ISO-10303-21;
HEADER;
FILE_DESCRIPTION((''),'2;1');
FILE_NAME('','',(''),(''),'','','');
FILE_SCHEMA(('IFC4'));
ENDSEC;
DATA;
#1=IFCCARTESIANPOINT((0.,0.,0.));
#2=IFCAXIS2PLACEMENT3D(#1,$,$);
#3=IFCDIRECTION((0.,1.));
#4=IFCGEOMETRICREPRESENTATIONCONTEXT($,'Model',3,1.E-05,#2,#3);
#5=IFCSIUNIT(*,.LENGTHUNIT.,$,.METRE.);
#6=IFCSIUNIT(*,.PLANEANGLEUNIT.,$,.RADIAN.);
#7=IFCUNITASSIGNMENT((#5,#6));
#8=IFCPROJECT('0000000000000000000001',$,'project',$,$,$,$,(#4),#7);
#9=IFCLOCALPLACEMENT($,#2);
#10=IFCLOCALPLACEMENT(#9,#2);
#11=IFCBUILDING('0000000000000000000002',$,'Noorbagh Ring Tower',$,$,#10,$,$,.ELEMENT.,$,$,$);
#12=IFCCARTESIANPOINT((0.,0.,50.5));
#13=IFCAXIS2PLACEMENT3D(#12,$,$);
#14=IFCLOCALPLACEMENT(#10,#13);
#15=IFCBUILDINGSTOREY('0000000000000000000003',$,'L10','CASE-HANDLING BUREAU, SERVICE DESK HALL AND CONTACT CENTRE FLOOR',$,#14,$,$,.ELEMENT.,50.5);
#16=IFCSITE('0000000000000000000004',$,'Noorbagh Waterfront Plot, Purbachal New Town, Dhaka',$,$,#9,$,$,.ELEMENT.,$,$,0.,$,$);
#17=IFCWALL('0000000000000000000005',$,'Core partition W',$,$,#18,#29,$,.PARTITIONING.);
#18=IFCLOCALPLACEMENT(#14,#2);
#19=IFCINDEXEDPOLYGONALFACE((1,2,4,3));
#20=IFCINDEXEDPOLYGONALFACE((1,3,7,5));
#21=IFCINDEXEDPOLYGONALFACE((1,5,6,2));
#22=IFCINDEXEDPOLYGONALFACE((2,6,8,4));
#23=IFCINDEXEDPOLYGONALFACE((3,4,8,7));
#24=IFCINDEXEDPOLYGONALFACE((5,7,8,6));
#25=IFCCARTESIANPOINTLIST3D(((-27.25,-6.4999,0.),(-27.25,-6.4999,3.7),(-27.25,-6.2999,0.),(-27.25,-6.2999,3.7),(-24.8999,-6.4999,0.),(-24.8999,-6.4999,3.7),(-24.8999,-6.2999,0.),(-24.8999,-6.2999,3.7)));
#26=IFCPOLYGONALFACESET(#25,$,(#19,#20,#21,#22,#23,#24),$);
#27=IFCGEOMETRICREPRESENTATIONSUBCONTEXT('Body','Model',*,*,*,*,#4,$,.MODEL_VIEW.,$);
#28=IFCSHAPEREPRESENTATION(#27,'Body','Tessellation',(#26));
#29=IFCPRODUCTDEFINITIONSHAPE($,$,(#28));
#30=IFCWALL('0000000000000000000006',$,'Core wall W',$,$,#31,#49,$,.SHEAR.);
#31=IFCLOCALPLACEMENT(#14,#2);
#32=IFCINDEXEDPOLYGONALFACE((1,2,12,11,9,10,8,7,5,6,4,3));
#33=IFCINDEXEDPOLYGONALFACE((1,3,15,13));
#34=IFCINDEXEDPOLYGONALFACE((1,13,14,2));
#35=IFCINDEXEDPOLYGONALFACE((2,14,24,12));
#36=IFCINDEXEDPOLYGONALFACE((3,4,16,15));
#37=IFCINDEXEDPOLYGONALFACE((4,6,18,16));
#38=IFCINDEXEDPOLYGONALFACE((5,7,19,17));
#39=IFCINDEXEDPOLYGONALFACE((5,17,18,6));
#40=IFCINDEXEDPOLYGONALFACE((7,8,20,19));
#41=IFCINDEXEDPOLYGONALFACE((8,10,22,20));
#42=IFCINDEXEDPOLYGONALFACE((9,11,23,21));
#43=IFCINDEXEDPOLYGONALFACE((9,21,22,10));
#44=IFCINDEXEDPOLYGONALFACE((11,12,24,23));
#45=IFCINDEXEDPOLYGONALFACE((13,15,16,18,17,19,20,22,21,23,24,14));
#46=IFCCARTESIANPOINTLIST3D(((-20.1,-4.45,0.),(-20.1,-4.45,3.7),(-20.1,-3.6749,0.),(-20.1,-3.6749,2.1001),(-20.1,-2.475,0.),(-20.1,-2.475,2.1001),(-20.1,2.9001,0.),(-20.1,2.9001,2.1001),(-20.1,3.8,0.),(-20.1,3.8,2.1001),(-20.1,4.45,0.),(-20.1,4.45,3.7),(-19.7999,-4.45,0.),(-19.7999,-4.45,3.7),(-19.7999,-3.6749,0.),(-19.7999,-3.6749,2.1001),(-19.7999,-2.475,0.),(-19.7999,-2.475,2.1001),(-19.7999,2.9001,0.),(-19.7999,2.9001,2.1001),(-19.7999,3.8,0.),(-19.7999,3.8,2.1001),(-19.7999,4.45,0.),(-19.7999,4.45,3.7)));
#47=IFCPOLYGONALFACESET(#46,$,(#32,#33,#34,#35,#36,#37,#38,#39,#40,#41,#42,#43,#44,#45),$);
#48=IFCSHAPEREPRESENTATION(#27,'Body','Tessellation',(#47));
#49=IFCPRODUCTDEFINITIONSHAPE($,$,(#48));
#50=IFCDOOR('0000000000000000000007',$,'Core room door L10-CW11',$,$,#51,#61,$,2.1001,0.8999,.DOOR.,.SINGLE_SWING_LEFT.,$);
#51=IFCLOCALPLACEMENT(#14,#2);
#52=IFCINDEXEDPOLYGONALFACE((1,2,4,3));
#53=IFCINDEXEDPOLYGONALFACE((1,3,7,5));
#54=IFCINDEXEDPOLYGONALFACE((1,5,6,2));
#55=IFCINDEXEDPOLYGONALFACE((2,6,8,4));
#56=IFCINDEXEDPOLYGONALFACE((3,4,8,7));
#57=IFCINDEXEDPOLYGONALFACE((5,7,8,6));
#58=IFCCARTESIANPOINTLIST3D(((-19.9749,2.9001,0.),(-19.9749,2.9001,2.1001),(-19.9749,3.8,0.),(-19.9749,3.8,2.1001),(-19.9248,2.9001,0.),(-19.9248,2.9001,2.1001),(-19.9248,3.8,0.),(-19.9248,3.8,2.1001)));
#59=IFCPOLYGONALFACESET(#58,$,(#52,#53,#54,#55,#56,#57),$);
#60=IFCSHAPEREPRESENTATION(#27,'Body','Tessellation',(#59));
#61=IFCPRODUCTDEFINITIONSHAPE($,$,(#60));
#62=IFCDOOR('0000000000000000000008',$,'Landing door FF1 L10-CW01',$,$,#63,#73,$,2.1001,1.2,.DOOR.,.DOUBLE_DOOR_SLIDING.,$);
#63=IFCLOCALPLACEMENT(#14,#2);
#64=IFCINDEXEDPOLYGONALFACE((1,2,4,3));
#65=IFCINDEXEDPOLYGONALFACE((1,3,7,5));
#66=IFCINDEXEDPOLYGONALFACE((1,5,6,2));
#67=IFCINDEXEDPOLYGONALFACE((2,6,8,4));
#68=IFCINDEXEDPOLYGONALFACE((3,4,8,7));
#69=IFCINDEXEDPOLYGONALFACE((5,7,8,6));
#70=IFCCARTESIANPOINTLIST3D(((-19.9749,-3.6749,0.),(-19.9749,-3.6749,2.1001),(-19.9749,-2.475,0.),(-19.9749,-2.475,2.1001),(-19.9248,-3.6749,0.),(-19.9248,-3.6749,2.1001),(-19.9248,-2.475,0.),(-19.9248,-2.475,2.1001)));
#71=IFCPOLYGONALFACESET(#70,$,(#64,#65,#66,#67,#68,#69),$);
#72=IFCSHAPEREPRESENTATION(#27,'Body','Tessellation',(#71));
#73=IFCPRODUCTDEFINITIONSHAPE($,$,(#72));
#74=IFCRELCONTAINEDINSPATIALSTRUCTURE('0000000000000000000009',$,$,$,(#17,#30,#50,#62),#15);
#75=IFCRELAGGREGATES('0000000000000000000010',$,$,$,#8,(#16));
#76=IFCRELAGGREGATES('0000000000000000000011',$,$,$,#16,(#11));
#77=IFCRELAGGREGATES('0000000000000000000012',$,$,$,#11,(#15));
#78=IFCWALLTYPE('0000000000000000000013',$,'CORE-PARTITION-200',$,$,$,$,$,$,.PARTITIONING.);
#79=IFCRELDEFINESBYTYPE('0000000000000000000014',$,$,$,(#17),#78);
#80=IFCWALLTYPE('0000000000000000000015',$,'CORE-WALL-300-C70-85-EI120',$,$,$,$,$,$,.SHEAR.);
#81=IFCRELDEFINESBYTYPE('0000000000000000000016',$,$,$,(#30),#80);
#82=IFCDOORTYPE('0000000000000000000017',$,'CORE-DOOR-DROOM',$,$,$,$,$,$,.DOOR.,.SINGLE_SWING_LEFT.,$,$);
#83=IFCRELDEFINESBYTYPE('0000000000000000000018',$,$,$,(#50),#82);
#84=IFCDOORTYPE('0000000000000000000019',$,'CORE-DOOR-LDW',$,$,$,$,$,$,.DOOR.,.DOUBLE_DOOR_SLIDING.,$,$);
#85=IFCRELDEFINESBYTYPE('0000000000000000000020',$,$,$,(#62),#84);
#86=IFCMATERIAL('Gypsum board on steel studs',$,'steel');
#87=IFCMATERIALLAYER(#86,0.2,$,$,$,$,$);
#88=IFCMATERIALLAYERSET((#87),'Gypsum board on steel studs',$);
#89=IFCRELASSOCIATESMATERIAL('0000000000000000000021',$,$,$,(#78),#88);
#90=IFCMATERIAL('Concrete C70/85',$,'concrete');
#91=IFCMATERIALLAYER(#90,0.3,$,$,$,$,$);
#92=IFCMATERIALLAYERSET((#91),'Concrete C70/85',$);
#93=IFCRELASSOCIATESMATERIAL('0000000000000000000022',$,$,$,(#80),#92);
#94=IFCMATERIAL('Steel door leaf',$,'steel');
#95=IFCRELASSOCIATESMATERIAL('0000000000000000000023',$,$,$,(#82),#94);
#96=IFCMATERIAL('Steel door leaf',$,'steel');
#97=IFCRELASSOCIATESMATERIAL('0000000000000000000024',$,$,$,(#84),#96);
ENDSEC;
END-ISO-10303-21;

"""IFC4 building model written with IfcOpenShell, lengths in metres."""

from ifc_helpers import new_model, si_unit, direction, frame, frame_2d, origin, place, context, subcontext, project, spatial, rectangle, extrude, material, layer, layer_set, type_object, element, fill, save


model = new_model("IFC4")

# Units and contexts
model_context = context("Model", 3, precision=1e-05, world=origin(), true_north=direction((0.0, 1.0)))
body_context = subcontext(model_context, "Body", "Model", "MODEL_VIEW")
ifc_project = project(units=[si_unit("LENGTHUNIT", "METRE"), si_unit("PLANEANGLEUNIT", "RADIAN")], contexts=[model_context])

# Site, building, storey
site_placement = place(None, origin())
site = spatial("IfcSite", under=ifc_project, at=site_placement, Name="Noorbagh Waterfront Plot, Purbachal New Town, Dhaka", CompositionType="ELEMENT", RefElevation=0.0)
building_placement = place(site_placement, origin())
building = spatial("IfcBuilding", under=site, at=building_placement, Name="Noorbagh Ring Tower", CompositionType="ELEMENT")
storey_placement = place(building_placement, frame((0.0, 0.0, 50.5)))
storey = spatial("IfcBuildingStorey", under=building, at=storey_placement, Name="L10", Description="CASE-HANDLING BUREAU, SERVICE DESK HALL AND CONTACT CENTRE FLOOR", CompositionType="ELEMENT", Elevation=50.5)

# Wall
ifc_material_1 = material(Name="Gypsum board on steel studs", Category="steel")
ifc_layer_1 = layer(ifc_material_1, 0.2)
ifc_layer_set_1 = layer_set([ifc_layer_1], Name="Gypsum board on steel studs")
wall_type_1 = type_object("IfcWallType", Name="CORE-PARTITION-200", PredefinedType="PARTITIONING", material=ifc_layer_set_1)
wall_1_placement = place(storey_placement, frame((-24.8999, -6.3999, 0.0), z_axis=(0.0, 0.0, 1.0), x_axis=(-1.0, 0.0, 0.0)))
element("IfcWall", 1, at=wall_1_placement, inside=storey, type_object=wall_type_1, Name="Core partition W", PredefinedType="PARTITIONING", context=body_context, shape_type="SweptSolid", body=[
    extrude(rectangle(XDim=2.3501, YDim=0.2, at=frame_2d((1.175, 0.0))), origin(), (0.0, 0.0, 1.0), 3.7),
])

# Wall, openings, doors
ifc_material_2 = material(Name="Concrete C70/85", Category="concrete")
ifc_layer_2 = layer(ifc_material_2, 0.3)
ifc_layer_set_2 = layer_set([ifc_layer_2], Name="Concrete C70/85")
wall_type_2 = type_object("IfcWallType", Name="CORE-WALL-300-C70-85-EI120", PredefinedType="SHEAR", material=ifc_layer_set_2)
wall_2_placement = place(storey_placement, frame((-19.95, -4.45, 0.0), z_axis=(0.0, 0.0, 1.0), x_axis=(0.0, 1.0, 0.0)))
wall_2 = element("IfcWall", 2, at=wall_2_placement, inside=storey, type_object=wall_type_2, Name="Core wall W", PredefinedType="SHEAR", context=body_context, shape_type="SweptSolid", body=[
    extrude(rectangle(XDim=8.8999, YDim=0.3, at=frame_2d((4.45, 0.0))), origin(), (0.0, 0.0, 1.0), 3.7),
])
opening_1_placement = place(wall_2_placement, frame((0.7749, 0.0, 0.0)))
opening_1 = element("IfcOpeningElement", 3, at=opening_1_placement, cuts=wall_2, PredefinedType="OPENING", context=body_context, shape_type="SweptSolid", body=[
    extrude(rectangle(XDim=1.2, YDim=2.1001, at=frame_2d((0.6001, 1.05))), frame((0.0, 0.1602, 0.0), z_axis=(0.0, -1.0, 0.0), x_axis=(1.0, 0.0, 0.0)), (0.0, 0.0, 1.0), 0.3201),
])
opening_2_placement = place(wall_2_placement, frame((7.3501, 0.0, 0.0)))
opening_2 = element("IfcOpeningElement", 4, at=opening_2_placement, cuts=wall_2, PredefinedType="OPENING", context=body_context, shape_type="SweptSolid", body=[
    extrude(rectangle(XDim=0.8999, YDim=2.1001, at=frame_2d((0.45, 1.05))), frame((0.0, 0.1602, 0.0), z_axis=(0.0, -1.0, 0.0), x_axis=(1.0, 0.0, 0.0)), (0.0, 0.0, 1.0), 0.3201),
])
ifc_material_3 = material(Name="Steel door leaf", Category="steel")
door_type_1 = type_object("IfcDoorType", Name="CORE-DOOR-DROOM", OperationType="SINGLE_SWING_LEFT", PredefinedType="DOOR", material=ifc_material_3)
door_1_placement = place(opening_2_placement, origin())
door_1 = element("IfcDoor", 5, at=door_1_placement, inside=storey, type_object=door_type_1, Name="Core room door L10-CW11", OperationType="SINGLE_SWING_LEFT", OverallHeight=2.1001, OverallWidth=0.8999, PredefinedType="DOOR", context=body_context, shape_type="SweptSolid", body=[
    extrude(rectangle(XDim=0.8999, YDim=2.1001, at=frame_2d((0.45, 1.05))), frame((0.0, 0.0249, 0.0), z_axis=(0.0, -1.0, 0.0), x_axis=(1.0, 0.0, 0.0)), (0.0, 0.0, 1.0), 0.05),
])
fill(opening_2, door_1)
ifc_material_4 = material(Name="Steel door leaf", Category="steel")
door_type_2 = type_object("IfcDoorType", Name="CORE-DOOR-LDW", OperationType="DOUBLE_DOOR_SLIDING", PredefinedType="DOOR", material=ifc_material_4)
door_2_placement = place(opening_1_placement, origin())
door_2 = element("IfcDoor", 6, at=door_2_placement, inside=storey, type_object=door_type_2, Name="Landing door FF1 L10-CW01", OperationType="DOUBLE_DOOR_SLIDING", OverallHeight=2.1001, OverallWidth=1.2, PredefinedType="DOOR", context=body_context, shape_type="SweptSolid", body=[
    extrude(rectangle(XDim=1.2, YDim=2.1001, at=frame_2d((0.6001, 1.05))), frame((0.0, 0.0249, 0.0), z_axis=(0.0, -1.0, 0.0), x_axis=(1.0, 0.0, 0.0)), (0.0, 0.0, 1.0), 0.05),
])
fill(opening_1, door_2)

save(model, "model.ifc")
